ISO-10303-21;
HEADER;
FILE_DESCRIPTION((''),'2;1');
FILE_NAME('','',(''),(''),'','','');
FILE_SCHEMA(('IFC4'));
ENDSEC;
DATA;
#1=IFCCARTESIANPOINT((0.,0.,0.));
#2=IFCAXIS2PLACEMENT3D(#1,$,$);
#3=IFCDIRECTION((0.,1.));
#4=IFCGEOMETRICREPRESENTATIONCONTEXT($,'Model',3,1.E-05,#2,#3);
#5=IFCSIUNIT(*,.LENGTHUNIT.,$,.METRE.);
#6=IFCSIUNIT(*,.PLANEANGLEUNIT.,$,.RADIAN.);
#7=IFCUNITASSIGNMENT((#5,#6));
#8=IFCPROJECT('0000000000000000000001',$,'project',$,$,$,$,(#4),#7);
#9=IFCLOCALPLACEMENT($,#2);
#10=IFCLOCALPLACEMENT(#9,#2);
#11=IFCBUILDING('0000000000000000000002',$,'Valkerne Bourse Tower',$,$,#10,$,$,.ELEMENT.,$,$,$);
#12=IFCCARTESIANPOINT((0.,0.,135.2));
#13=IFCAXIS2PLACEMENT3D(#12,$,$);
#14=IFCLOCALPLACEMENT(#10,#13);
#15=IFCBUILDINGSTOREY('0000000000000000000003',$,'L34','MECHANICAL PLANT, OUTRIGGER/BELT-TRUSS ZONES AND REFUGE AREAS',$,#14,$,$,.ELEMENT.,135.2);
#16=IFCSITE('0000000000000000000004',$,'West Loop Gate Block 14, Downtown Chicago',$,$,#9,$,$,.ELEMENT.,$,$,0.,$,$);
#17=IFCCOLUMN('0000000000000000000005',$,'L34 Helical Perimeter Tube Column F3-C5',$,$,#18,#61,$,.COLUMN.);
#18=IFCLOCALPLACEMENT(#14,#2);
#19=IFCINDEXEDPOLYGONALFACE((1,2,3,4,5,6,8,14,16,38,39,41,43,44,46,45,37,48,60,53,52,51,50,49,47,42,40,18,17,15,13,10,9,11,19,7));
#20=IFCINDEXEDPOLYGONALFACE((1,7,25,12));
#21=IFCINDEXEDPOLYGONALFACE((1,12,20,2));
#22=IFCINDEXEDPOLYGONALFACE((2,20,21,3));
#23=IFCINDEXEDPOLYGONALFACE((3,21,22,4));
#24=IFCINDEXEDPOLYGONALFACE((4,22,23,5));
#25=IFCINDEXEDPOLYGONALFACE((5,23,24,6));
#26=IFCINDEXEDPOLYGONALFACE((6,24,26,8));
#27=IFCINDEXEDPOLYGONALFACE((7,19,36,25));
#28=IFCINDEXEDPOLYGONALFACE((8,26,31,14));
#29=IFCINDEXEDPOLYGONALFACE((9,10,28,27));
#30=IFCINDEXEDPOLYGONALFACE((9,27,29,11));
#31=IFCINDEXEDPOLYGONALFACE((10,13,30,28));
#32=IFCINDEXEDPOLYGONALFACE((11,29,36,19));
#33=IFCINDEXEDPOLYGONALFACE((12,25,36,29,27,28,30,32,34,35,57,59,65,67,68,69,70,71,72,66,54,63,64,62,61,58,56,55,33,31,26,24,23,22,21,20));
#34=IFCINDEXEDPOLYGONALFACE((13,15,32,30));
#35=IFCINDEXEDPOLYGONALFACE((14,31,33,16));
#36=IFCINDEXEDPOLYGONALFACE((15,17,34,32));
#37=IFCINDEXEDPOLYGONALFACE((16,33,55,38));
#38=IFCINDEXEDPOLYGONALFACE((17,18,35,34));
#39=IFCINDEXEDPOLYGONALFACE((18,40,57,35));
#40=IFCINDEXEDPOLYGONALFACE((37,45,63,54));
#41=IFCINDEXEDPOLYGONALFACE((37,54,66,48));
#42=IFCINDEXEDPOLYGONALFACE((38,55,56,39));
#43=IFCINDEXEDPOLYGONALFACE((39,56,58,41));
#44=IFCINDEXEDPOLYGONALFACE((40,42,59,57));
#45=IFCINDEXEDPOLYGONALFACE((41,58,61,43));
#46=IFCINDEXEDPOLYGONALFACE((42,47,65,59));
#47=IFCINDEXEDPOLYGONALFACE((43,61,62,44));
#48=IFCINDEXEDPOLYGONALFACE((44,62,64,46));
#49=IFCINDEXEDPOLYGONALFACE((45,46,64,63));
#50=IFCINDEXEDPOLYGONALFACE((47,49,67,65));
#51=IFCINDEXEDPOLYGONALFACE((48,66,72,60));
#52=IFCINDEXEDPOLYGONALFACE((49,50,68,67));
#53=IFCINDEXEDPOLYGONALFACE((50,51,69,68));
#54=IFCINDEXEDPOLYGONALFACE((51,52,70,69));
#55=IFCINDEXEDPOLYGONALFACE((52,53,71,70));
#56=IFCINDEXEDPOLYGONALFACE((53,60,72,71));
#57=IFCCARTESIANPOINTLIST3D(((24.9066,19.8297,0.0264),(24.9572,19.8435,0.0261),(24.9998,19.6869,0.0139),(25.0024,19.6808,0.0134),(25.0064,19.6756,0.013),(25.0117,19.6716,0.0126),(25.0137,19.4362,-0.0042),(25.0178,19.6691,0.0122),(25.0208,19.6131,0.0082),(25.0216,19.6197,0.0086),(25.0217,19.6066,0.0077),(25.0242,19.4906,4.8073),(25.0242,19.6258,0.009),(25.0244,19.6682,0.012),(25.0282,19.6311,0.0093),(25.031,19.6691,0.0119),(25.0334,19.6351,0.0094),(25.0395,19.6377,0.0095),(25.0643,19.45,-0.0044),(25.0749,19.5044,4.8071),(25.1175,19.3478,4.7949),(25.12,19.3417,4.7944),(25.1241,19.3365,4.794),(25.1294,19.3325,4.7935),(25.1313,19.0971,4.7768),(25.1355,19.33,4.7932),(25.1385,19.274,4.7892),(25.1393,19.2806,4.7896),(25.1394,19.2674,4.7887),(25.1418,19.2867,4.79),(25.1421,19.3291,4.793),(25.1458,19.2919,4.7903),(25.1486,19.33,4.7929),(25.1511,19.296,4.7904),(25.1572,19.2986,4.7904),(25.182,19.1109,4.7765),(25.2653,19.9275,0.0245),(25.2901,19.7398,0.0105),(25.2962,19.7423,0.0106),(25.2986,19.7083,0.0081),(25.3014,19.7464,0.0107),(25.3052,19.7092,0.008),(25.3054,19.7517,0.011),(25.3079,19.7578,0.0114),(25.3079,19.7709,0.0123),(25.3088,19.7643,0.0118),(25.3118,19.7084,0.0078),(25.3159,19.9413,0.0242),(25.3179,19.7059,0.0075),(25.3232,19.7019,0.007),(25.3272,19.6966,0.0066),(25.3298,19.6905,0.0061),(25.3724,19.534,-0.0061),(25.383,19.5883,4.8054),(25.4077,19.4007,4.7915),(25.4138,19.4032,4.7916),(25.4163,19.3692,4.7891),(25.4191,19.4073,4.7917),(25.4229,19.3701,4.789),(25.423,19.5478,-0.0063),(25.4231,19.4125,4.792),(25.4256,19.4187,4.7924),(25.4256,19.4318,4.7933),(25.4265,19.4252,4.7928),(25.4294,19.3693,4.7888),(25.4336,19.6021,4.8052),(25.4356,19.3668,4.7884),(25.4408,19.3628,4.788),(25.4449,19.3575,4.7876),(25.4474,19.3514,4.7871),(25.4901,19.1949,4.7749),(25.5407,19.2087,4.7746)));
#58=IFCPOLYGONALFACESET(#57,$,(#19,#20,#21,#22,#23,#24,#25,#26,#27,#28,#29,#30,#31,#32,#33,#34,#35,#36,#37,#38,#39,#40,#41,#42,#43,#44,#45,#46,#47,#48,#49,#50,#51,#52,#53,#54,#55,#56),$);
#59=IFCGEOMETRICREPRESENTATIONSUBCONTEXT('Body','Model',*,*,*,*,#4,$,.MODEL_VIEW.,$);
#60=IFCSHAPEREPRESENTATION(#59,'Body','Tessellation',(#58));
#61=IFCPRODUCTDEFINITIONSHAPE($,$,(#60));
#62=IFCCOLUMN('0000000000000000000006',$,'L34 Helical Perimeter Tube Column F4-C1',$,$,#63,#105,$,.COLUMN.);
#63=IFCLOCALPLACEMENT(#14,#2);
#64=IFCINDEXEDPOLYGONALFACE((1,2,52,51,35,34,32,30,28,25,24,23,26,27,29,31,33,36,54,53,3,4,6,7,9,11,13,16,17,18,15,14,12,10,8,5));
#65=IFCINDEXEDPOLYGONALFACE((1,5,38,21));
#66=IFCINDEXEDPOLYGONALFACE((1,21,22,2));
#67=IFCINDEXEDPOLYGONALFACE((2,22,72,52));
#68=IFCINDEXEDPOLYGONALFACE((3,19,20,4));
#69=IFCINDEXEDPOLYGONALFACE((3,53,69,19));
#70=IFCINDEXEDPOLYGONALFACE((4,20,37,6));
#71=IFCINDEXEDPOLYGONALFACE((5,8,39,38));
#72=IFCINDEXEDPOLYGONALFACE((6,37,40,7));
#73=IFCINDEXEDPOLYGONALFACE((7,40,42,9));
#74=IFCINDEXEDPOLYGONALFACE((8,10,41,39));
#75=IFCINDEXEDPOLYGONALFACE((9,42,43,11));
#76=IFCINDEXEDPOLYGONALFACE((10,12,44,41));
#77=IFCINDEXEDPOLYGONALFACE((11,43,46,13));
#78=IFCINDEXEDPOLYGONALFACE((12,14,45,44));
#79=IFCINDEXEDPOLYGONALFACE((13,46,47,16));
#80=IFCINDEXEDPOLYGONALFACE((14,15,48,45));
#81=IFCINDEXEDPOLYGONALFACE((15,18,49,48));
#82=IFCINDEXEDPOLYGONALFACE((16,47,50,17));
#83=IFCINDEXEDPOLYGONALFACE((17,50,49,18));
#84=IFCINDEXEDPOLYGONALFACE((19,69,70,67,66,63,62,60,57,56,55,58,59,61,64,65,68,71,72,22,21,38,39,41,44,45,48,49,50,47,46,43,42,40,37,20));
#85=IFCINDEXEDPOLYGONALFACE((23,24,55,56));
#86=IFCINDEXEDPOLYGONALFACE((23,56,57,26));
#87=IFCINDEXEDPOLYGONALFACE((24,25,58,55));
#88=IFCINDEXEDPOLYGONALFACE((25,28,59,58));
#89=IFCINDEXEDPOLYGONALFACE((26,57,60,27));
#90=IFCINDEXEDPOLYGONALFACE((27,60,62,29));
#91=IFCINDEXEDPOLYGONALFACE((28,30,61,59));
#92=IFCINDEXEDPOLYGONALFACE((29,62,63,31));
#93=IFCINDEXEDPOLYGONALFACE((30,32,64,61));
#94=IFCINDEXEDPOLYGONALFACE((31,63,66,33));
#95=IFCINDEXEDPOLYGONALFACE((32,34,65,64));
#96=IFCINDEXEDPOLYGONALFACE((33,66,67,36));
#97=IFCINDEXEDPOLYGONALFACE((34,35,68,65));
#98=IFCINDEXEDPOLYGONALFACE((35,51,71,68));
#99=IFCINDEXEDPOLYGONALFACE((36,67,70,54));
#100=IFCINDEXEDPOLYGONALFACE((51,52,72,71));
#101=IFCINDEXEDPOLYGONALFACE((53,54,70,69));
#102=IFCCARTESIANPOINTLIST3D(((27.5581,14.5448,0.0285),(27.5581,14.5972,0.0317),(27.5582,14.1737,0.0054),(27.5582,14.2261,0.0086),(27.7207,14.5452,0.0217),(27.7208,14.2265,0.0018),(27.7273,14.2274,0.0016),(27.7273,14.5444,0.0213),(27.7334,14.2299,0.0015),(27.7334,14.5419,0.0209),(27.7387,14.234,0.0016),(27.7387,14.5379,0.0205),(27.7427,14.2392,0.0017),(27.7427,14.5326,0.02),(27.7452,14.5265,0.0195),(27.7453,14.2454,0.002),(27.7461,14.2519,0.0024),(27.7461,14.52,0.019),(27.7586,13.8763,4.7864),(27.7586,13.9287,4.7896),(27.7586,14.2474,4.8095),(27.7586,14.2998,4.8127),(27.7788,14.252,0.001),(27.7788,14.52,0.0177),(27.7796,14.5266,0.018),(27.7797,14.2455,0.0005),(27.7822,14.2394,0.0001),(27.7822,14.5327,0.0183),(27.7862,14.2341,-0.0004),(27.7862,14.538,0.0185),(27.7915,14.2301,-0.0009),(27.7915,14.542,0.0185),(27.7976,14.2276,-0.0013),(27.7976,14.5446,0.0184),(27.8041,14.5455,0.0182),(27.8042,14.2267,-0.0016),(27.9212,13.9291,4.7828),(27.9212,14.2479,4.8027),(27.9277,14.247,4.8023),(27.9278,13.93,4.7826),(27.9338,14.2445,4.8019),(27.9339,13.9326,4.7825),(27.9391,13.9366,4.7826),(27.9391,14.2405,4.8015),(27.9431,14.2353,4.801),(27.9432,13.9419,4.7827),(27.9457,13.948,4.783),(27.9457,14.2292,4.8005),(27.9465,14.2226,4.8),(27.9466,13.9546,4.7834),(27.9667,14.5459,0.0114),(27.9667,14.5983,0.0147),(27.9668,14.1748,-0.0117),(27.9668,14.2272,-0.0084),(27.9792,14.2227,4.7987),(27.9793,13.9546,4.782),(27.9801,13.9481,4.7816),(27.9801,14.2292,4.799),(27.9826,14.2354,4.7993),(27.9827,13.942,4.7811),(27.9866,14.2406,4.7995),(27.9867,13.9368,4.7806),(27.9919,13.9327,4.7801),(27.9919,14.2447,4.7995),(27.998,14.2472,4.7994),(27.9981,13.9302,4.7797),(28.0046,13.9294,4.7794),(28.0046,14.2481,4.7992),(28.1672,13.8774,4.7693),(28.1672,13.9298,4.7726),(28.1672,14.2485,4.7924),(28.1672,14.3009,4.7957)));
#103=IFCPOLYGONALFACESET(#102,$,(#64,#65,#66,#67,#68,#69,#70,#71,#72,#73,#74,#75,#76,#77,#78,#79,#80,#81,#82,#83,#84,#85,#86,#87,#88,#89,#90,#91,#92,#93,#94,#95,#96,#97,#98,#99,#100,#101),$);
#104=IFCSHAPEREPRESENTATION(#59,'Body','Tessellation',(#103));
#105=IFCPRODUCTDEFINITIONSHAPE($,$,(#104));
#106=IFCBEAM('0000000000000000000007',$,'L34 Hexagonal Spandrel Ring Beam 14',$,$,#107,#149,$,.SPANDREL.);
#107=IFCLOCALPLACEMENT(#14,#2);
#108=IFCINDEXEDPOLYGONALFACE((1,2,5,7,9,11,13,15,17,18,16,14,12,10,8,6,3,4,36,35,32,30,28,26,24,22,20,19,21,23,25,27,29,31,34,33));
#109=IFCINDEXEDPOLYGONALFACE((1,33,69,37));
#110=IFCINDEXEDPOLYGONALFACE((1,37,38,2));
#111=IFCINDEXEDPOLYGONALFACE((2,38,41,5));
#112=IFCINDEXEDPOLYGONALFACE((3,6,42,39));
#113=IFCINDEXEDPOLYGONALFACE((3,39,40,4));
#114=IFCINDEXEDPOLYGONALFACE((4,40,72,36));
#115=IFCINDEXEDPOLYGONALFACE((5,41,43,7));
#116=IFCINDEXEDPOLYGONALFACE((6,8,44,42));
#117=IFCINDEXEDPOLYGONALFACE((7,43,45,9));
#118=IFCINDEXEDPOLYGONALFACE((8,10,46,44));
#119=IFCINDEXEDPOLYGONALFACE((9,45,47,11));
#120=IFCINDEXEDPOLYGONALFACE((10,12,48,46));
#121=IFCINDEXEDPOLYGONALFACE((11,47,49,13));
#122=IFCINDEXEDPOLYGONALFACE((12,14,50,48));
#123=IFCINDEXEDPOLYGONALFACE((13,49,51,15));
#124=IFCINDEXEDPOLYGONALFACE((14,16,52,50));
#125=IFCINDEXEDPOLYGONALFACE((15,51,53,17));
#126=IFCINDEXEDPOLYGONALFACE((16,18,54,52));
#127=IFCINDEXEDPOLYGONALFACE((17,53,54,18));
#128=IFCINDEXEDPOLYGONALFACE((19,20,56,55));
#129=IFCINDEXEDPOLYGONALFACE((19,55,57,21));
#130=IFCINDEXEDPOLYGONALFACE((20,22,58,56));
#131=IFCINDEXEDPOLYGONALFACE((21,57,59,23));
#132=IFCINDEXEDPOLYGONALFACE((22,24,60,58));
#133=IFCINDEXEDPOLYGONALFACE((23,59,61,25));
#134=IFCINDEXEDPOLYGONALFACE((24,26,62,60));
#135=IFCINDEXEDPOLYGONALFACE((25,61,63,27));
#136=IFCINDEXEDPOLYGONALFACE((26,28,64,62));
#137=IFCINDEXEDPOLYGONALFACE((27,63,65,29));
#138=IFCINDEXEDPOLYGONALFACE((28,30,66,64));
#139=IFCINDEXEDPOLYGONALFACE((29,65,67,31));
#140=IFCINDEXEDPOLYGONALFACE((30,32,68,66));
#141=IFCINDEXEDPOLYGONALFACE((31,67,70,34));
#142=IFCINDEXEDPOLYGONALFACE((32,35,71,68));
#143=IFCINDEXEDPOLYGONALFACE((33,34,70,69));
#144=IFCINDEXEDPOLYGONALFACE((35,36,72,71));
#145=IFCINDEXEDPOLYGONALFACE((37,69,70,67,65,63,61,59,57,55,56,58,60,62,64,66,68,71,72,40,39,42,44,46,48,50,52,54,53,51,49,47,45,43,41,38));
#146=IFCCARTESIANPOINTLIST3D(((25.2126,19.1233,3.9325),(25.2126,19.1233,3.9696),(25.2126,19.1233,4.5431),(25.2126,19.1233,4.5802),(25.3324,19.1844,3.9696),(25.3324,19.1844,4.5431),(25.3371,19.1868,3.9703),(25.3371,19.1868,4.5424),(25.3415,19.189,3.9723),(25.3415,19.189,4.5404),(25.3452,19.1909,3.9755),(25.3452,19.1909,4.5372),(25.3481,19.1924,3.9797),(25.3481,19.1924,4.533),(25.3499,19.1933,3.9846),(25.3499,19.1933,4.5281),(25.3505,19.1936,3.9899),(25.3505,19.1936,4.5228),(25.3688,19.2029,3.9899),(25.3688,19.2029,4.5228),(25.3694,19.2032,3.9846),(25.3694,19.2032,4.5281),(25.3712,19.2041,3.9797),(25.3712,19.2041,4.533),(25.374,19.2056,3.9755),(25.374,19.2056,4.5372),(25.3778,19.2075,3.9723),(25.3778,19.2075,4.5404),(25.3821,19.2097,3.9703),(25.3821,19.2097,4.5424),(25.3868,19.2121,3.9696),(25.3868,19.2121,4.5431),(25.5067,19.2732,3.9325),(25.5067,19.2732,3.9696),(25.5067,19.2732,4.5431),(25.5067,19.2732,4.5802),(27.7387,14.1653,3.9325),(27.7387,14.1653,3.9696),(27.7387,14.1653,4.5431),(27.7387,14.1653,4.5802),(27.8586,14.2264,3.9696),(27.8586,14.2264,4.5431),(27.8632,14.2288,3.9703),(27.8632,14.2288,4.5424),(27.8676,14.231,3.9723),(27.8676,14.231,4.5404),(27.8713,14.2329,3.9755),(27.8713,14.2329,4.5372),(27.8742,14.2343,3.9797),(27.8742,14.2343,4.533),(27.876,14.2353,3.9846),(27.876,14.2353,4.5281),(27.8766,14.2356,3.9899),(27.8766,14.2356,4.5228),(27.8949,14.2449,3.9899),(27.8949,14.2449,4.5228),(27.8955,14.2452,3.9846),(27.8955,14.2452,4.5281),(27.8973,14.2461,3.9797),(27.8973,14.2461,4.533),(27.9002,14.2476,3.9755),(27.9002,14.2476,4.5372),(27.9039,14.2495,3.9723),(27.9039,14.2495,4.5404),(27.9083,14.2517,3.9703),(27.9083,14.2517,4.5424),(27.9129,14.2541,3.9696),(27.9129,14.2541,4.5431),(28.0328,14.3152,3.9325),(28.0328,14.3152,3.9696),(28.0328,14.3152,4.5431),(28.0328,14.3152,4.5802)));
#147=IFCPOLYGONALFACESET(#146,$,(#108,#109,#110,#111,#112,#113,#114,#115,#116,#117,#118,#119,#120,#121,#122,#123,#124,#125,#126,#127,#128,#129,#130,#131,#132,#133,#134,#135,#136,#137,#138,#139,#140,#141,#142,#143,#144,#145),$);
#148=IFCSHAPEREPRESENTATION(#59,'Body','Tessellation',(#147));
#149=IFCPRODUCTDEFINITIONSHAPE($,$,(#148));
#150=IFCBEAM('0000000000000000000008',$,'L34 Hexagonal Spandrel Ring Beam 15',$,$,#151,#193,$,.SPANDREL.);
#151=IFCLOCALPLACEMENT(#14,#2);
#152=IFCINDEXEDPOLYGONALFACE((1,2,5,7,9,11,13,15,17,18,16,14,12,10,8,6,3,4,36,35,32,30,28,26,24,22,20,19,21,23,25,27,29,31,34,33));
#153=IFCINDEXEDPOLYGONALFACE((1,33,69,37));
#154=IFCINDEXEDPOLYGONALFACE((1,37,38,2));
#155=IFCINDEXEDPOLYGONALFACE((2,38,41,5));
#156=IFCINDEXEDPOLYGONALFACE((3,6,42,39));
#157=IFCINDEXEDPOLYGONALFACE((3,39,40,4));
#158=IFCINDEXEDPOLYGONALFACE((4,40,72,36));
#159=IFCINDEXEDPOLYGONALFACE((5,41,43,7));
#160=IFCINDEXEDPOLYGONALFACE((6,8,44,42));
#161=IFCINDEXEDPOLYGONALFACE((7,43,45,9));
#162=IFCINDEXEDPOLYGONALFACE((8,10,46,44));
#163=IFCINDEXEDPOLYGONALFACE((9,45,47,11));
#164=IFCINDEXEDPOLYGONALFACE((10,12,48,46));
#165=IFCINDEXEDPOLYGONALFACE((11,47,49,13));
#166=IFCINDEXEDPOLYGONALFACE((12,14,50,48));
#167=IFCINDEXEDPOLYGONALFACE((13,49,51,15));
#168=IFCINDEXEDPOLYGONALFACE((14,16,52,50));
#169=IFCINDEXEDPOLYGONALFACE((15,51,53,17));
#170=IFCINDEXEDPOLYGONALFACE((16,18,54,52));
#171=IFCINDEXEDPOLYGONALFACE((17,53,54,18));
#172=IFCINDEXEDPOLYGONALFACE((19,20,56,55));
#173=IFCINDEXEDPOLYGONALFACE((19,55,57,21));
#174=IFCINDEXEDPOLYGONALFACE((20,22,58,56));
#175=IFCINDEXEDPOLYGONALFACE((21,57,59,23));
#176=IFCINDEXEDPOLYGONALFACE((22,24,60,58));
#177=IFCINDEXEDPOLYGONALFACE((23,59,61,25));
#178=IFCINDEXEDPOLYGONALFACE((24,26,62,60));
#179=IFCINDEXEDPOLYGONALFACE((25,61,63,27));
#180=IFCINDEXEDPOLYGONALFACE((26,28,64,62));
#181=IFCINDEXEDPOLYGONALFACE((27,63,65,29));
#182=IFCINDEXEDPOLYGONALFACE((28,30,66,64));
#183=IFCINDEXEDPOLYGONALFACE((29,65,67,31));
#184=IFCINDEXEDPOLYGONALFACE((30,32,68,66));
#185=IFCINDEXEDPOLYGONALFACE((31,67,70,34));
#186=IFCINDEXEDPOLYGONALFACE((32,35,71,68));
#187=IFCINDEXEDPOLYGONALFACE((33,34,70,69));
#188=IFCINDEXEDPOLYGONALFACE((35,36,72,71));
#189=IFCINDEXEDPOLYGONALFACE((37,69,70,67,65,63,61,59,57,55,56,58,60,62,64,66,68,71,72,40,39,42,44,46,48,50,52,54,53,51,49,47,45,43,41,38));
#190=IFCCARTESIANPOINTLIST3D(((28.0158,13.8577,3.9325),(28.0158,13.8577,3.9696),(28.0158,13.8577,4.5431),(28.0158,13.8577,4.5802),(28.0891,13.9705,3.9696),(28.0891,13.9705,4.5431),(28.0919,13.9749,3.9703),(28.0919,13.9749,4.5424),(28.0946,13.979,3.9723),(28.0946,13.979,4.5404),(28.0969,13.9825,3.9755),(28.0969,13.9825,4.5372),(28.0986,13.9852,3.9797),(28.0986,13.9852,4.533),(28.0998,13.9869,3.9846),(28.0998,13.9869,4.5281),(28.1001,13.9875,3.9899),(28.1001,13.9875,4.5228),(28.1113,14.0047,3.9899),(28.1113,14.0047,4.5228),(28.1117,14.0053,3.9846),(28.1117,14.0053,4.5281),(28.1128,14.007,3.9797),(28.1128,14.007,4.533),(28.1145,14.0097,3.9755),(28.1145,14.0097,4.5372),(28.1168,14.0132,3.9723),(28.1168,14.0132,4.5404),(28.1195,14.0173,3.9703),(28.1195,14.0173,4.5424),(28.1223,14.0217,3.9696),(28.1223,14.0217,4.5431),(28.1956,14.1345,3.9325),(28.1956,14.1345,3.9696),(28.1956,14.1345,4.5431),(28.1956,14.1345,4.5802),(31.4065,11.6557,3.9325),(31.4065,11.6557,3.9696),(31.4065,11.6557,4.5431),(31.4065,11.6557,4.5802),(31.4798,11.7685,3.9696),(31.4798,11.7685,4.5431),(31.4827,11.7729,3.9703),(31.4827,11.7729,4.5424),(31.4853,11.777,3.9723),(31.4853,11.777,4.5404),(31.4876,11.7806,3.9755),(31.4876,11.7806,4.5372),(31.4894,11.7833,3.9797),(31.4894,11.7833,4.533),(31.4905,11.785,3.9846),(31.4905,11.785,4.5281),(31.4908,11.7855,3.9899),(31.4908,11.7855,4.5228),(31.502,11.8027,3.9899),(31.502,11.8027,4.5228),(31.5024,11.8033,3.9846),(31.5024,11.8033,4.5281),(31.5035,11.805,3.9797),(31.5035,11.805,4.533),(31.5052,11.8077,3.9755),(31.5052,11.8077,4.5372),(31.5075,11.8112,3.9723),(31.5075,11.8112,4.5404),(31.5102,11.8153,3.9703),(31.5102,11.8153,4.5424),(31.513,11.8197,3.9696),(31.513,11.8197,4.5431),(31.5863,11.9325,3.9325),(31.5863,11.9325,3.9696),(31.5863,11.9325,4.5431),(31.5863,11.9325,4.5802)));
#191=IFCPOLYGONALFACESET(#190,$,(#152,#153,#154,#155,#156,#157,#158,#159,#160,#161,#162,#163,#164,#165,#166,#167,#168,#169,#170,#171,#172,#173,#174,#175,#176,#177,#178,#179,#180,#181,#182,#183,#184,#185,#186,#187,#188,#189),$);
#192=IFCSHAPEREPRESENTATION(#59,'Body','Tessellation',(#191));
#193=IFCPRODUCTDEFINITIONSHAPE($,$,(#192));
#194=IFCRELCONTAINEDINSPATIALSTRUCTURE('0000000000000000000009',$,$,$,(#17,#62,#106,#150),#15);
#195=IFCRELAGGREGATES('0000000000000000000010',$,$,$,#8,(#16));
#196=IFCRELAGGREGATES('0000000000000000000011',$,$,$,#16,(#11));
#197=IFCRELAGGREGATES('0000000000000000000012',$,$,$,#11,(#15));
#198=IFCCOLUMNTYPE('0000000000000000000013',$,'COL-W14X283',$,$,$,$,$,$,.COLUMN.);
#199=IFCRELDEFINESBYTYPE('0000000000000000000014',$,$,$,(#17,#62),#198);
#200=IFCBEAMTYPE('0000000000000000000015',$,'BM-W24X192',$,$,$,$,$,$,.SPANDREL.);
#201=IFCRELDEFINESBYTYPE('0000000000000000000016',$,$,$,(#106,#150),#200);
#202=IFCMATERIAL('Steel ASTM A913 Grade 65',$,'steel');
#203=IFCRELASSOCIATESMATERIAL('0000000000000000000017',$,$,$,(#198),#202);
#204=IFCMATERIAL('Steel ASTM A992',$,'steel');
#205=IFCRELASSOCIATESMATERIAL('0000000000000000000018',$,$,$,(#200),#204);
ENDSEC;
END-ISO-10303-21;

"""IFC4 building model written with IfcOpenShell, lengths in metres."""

from ifc_helpers import new_model, si_unit, direction, frame, origin, origin_2d, place, context, subcontext, project, spatial, i_section, extrude, material, material_profile, profile_set, type_object, element, save


model = new_model("IFC4")

# Units and contexts
model_context = context("Model", 3, precision=1e-05, world=origin(), true_north=direction((0.0, 1.0)))
body_context = subcontext(model_context, "Body", "Model", "MODEL_VIEW")
ifc_project = project(units=[si_unit("LENGTHUNIT", "METRE"), si_unit("PLANEANGLEUNIT", "RADIAN")], contexts=[model_context])

# Site, building, storey
site_placement = place(None, origin())
site = spatial("IfcSite", under=ifc_project, at=site_placement, Name="West Loop Gate Block 14, Downtown Chicago", CompositionType="ELEMENT", RefElevation=0.0)
building_placement = place(site_placement, origin())
building = spatial("IfcBuilding", under=site, at=building_placement, Name="Valkerne Bourse Tower", CompositionType="ELEMENT")
storey_placement = place(building_placement, frame((0.0, 0.0, 135.2)))
storey = spatial("IfcBuildingStorey", under=building, at=storey_placement, Name="L34", Description="MECHANICAL PLANT, OUTRIGGER/BELT-TRUSS ZONES AND REFUGE AREAS", CompositionType="ELEMENT", Elevation=135.2)

# Columns
ifc_material_1 = material(Name="Steel ASTM A913 Grade 65", Category="steel")
ifc_material_profile_1 = material_profile(ifc_material_1, i_section(OverallWidth=0.4089, OverallDepth=0.4243, WebThickness=0.0327, FlangeThickness=0.0525, FilletRadius=0.0254, at=origin_2d()), Name="W14X283")
ifc_profile_set_1 = profile_set([ifc_material_profile_1], Name="Steel ASTM A913 Grade 65")
column_type = type_object("IfcColumnType", Name="COL-W14X283", PredefinedType="COLUMN", material=ifc_profile_set_1)
for number, where, z_axis, x_axis, name in (
    (1, (25.1648, 19.6887, 0.01), (0.024544, -0.07073, 0.997194), (0.261901, -0.9622, -0.074694), "L34 Helical Perimeter Tube Column F3-C5"),
    (2, (27.7625, 14.386, 0.01), (0.041807, -0.062023, 0.997199), (0.999126, 0.00273, -0.041718), "L34 Helical Perimeter Tube Column F4-C1"),
):
    element("IfcColumn", number, at=place(storey_placement, frame(where, z_axis=z_axis, x_axis=x_axis)), inside=storey, type_object=column_type, Name=name, PredefinedType="COLUMN", context=body_context, shape_type="SweptSolid", body=[
        extrude(i_section(OverallWidth=0.4089, OverallDepth=0.4243, WebThickness=0.0327, FlangeThickness=0.0525, FilletRadius=0.0254, at=origin_2d()), origin(), (0.0, 0.0, 1.0), 4.7944),
    ])

# Beams
ifc_material_2 = material(Name="Steel ASTM A992", Category="steel")
ifc_material_profile_2 = material_profile(ifc_material_2, i_section(OverallWidth=0.3301, OverallDepth=0.6477, WebThickness=0.0205, FlangeThickness=0.0371, FilletRadius=0.0203, at=origin_2d()), Name="W24X192")
ifc_profile_set_2 = profile_set([ifc_material_profile_2], Name="Steel ASTM A992")
beam_type_1 = type_object("IfcBeamType", Name="BM-W24X192", PredefinedType="SPANDREL", material=ifc_profile_set_2)
beam_1_placement = place(storey_placement, frame((25.3596, 19.1982, 4.2563), z_axis=(0.453975, -0.891014, 0.0), x_axis=(0.891014, 0.453975, 0.0)))
element("IfcBeam", 3, at=beam_1_placement, inside=storey, type_object=beam_type_1, Name="L34 Hexagonal Spandrel Ring Beam 14", PredefinedType="SPANDREL", context=body_context, shape_type="SweptSolid", body=[
    extrude(i_section(OverallWidth=0.3301, OverallDepth=0.6477, WebThickness=0.0205, FlangeThickness=0.0371, FilletRadius=0.0203, at=origin_2d()), origin(), (0.0, 0.0, 1.0), 5.5645),
])
beam_2_placement = place(storey_placement, frame((28.1057, 13.9961, 4.2563), z_axis=(0.83867, -0.54464, 0.0), x_axis=(0.54464, 0.83867, 0.0)))
element("IfcBeam", 4, at=beam_2_placement, inside=storey, type_object=beam_type_1, Name="L34 Hexagonal Spandrel Ring Beam 15", PredefinedType="SPANDREL", context=body_context, shape_type="SweptSolid", body=[
    extrude(i_section(OverallWidth=0.3301, OverallDepth=0.6477, WebThickness=0.0205, FlangeThickness=0.0371, FilletRadius=0.0203, at=origin_2d()), origin(), (0.0, 0.0, 1.0), 4.043),
])

save(model, "model.ifc")
